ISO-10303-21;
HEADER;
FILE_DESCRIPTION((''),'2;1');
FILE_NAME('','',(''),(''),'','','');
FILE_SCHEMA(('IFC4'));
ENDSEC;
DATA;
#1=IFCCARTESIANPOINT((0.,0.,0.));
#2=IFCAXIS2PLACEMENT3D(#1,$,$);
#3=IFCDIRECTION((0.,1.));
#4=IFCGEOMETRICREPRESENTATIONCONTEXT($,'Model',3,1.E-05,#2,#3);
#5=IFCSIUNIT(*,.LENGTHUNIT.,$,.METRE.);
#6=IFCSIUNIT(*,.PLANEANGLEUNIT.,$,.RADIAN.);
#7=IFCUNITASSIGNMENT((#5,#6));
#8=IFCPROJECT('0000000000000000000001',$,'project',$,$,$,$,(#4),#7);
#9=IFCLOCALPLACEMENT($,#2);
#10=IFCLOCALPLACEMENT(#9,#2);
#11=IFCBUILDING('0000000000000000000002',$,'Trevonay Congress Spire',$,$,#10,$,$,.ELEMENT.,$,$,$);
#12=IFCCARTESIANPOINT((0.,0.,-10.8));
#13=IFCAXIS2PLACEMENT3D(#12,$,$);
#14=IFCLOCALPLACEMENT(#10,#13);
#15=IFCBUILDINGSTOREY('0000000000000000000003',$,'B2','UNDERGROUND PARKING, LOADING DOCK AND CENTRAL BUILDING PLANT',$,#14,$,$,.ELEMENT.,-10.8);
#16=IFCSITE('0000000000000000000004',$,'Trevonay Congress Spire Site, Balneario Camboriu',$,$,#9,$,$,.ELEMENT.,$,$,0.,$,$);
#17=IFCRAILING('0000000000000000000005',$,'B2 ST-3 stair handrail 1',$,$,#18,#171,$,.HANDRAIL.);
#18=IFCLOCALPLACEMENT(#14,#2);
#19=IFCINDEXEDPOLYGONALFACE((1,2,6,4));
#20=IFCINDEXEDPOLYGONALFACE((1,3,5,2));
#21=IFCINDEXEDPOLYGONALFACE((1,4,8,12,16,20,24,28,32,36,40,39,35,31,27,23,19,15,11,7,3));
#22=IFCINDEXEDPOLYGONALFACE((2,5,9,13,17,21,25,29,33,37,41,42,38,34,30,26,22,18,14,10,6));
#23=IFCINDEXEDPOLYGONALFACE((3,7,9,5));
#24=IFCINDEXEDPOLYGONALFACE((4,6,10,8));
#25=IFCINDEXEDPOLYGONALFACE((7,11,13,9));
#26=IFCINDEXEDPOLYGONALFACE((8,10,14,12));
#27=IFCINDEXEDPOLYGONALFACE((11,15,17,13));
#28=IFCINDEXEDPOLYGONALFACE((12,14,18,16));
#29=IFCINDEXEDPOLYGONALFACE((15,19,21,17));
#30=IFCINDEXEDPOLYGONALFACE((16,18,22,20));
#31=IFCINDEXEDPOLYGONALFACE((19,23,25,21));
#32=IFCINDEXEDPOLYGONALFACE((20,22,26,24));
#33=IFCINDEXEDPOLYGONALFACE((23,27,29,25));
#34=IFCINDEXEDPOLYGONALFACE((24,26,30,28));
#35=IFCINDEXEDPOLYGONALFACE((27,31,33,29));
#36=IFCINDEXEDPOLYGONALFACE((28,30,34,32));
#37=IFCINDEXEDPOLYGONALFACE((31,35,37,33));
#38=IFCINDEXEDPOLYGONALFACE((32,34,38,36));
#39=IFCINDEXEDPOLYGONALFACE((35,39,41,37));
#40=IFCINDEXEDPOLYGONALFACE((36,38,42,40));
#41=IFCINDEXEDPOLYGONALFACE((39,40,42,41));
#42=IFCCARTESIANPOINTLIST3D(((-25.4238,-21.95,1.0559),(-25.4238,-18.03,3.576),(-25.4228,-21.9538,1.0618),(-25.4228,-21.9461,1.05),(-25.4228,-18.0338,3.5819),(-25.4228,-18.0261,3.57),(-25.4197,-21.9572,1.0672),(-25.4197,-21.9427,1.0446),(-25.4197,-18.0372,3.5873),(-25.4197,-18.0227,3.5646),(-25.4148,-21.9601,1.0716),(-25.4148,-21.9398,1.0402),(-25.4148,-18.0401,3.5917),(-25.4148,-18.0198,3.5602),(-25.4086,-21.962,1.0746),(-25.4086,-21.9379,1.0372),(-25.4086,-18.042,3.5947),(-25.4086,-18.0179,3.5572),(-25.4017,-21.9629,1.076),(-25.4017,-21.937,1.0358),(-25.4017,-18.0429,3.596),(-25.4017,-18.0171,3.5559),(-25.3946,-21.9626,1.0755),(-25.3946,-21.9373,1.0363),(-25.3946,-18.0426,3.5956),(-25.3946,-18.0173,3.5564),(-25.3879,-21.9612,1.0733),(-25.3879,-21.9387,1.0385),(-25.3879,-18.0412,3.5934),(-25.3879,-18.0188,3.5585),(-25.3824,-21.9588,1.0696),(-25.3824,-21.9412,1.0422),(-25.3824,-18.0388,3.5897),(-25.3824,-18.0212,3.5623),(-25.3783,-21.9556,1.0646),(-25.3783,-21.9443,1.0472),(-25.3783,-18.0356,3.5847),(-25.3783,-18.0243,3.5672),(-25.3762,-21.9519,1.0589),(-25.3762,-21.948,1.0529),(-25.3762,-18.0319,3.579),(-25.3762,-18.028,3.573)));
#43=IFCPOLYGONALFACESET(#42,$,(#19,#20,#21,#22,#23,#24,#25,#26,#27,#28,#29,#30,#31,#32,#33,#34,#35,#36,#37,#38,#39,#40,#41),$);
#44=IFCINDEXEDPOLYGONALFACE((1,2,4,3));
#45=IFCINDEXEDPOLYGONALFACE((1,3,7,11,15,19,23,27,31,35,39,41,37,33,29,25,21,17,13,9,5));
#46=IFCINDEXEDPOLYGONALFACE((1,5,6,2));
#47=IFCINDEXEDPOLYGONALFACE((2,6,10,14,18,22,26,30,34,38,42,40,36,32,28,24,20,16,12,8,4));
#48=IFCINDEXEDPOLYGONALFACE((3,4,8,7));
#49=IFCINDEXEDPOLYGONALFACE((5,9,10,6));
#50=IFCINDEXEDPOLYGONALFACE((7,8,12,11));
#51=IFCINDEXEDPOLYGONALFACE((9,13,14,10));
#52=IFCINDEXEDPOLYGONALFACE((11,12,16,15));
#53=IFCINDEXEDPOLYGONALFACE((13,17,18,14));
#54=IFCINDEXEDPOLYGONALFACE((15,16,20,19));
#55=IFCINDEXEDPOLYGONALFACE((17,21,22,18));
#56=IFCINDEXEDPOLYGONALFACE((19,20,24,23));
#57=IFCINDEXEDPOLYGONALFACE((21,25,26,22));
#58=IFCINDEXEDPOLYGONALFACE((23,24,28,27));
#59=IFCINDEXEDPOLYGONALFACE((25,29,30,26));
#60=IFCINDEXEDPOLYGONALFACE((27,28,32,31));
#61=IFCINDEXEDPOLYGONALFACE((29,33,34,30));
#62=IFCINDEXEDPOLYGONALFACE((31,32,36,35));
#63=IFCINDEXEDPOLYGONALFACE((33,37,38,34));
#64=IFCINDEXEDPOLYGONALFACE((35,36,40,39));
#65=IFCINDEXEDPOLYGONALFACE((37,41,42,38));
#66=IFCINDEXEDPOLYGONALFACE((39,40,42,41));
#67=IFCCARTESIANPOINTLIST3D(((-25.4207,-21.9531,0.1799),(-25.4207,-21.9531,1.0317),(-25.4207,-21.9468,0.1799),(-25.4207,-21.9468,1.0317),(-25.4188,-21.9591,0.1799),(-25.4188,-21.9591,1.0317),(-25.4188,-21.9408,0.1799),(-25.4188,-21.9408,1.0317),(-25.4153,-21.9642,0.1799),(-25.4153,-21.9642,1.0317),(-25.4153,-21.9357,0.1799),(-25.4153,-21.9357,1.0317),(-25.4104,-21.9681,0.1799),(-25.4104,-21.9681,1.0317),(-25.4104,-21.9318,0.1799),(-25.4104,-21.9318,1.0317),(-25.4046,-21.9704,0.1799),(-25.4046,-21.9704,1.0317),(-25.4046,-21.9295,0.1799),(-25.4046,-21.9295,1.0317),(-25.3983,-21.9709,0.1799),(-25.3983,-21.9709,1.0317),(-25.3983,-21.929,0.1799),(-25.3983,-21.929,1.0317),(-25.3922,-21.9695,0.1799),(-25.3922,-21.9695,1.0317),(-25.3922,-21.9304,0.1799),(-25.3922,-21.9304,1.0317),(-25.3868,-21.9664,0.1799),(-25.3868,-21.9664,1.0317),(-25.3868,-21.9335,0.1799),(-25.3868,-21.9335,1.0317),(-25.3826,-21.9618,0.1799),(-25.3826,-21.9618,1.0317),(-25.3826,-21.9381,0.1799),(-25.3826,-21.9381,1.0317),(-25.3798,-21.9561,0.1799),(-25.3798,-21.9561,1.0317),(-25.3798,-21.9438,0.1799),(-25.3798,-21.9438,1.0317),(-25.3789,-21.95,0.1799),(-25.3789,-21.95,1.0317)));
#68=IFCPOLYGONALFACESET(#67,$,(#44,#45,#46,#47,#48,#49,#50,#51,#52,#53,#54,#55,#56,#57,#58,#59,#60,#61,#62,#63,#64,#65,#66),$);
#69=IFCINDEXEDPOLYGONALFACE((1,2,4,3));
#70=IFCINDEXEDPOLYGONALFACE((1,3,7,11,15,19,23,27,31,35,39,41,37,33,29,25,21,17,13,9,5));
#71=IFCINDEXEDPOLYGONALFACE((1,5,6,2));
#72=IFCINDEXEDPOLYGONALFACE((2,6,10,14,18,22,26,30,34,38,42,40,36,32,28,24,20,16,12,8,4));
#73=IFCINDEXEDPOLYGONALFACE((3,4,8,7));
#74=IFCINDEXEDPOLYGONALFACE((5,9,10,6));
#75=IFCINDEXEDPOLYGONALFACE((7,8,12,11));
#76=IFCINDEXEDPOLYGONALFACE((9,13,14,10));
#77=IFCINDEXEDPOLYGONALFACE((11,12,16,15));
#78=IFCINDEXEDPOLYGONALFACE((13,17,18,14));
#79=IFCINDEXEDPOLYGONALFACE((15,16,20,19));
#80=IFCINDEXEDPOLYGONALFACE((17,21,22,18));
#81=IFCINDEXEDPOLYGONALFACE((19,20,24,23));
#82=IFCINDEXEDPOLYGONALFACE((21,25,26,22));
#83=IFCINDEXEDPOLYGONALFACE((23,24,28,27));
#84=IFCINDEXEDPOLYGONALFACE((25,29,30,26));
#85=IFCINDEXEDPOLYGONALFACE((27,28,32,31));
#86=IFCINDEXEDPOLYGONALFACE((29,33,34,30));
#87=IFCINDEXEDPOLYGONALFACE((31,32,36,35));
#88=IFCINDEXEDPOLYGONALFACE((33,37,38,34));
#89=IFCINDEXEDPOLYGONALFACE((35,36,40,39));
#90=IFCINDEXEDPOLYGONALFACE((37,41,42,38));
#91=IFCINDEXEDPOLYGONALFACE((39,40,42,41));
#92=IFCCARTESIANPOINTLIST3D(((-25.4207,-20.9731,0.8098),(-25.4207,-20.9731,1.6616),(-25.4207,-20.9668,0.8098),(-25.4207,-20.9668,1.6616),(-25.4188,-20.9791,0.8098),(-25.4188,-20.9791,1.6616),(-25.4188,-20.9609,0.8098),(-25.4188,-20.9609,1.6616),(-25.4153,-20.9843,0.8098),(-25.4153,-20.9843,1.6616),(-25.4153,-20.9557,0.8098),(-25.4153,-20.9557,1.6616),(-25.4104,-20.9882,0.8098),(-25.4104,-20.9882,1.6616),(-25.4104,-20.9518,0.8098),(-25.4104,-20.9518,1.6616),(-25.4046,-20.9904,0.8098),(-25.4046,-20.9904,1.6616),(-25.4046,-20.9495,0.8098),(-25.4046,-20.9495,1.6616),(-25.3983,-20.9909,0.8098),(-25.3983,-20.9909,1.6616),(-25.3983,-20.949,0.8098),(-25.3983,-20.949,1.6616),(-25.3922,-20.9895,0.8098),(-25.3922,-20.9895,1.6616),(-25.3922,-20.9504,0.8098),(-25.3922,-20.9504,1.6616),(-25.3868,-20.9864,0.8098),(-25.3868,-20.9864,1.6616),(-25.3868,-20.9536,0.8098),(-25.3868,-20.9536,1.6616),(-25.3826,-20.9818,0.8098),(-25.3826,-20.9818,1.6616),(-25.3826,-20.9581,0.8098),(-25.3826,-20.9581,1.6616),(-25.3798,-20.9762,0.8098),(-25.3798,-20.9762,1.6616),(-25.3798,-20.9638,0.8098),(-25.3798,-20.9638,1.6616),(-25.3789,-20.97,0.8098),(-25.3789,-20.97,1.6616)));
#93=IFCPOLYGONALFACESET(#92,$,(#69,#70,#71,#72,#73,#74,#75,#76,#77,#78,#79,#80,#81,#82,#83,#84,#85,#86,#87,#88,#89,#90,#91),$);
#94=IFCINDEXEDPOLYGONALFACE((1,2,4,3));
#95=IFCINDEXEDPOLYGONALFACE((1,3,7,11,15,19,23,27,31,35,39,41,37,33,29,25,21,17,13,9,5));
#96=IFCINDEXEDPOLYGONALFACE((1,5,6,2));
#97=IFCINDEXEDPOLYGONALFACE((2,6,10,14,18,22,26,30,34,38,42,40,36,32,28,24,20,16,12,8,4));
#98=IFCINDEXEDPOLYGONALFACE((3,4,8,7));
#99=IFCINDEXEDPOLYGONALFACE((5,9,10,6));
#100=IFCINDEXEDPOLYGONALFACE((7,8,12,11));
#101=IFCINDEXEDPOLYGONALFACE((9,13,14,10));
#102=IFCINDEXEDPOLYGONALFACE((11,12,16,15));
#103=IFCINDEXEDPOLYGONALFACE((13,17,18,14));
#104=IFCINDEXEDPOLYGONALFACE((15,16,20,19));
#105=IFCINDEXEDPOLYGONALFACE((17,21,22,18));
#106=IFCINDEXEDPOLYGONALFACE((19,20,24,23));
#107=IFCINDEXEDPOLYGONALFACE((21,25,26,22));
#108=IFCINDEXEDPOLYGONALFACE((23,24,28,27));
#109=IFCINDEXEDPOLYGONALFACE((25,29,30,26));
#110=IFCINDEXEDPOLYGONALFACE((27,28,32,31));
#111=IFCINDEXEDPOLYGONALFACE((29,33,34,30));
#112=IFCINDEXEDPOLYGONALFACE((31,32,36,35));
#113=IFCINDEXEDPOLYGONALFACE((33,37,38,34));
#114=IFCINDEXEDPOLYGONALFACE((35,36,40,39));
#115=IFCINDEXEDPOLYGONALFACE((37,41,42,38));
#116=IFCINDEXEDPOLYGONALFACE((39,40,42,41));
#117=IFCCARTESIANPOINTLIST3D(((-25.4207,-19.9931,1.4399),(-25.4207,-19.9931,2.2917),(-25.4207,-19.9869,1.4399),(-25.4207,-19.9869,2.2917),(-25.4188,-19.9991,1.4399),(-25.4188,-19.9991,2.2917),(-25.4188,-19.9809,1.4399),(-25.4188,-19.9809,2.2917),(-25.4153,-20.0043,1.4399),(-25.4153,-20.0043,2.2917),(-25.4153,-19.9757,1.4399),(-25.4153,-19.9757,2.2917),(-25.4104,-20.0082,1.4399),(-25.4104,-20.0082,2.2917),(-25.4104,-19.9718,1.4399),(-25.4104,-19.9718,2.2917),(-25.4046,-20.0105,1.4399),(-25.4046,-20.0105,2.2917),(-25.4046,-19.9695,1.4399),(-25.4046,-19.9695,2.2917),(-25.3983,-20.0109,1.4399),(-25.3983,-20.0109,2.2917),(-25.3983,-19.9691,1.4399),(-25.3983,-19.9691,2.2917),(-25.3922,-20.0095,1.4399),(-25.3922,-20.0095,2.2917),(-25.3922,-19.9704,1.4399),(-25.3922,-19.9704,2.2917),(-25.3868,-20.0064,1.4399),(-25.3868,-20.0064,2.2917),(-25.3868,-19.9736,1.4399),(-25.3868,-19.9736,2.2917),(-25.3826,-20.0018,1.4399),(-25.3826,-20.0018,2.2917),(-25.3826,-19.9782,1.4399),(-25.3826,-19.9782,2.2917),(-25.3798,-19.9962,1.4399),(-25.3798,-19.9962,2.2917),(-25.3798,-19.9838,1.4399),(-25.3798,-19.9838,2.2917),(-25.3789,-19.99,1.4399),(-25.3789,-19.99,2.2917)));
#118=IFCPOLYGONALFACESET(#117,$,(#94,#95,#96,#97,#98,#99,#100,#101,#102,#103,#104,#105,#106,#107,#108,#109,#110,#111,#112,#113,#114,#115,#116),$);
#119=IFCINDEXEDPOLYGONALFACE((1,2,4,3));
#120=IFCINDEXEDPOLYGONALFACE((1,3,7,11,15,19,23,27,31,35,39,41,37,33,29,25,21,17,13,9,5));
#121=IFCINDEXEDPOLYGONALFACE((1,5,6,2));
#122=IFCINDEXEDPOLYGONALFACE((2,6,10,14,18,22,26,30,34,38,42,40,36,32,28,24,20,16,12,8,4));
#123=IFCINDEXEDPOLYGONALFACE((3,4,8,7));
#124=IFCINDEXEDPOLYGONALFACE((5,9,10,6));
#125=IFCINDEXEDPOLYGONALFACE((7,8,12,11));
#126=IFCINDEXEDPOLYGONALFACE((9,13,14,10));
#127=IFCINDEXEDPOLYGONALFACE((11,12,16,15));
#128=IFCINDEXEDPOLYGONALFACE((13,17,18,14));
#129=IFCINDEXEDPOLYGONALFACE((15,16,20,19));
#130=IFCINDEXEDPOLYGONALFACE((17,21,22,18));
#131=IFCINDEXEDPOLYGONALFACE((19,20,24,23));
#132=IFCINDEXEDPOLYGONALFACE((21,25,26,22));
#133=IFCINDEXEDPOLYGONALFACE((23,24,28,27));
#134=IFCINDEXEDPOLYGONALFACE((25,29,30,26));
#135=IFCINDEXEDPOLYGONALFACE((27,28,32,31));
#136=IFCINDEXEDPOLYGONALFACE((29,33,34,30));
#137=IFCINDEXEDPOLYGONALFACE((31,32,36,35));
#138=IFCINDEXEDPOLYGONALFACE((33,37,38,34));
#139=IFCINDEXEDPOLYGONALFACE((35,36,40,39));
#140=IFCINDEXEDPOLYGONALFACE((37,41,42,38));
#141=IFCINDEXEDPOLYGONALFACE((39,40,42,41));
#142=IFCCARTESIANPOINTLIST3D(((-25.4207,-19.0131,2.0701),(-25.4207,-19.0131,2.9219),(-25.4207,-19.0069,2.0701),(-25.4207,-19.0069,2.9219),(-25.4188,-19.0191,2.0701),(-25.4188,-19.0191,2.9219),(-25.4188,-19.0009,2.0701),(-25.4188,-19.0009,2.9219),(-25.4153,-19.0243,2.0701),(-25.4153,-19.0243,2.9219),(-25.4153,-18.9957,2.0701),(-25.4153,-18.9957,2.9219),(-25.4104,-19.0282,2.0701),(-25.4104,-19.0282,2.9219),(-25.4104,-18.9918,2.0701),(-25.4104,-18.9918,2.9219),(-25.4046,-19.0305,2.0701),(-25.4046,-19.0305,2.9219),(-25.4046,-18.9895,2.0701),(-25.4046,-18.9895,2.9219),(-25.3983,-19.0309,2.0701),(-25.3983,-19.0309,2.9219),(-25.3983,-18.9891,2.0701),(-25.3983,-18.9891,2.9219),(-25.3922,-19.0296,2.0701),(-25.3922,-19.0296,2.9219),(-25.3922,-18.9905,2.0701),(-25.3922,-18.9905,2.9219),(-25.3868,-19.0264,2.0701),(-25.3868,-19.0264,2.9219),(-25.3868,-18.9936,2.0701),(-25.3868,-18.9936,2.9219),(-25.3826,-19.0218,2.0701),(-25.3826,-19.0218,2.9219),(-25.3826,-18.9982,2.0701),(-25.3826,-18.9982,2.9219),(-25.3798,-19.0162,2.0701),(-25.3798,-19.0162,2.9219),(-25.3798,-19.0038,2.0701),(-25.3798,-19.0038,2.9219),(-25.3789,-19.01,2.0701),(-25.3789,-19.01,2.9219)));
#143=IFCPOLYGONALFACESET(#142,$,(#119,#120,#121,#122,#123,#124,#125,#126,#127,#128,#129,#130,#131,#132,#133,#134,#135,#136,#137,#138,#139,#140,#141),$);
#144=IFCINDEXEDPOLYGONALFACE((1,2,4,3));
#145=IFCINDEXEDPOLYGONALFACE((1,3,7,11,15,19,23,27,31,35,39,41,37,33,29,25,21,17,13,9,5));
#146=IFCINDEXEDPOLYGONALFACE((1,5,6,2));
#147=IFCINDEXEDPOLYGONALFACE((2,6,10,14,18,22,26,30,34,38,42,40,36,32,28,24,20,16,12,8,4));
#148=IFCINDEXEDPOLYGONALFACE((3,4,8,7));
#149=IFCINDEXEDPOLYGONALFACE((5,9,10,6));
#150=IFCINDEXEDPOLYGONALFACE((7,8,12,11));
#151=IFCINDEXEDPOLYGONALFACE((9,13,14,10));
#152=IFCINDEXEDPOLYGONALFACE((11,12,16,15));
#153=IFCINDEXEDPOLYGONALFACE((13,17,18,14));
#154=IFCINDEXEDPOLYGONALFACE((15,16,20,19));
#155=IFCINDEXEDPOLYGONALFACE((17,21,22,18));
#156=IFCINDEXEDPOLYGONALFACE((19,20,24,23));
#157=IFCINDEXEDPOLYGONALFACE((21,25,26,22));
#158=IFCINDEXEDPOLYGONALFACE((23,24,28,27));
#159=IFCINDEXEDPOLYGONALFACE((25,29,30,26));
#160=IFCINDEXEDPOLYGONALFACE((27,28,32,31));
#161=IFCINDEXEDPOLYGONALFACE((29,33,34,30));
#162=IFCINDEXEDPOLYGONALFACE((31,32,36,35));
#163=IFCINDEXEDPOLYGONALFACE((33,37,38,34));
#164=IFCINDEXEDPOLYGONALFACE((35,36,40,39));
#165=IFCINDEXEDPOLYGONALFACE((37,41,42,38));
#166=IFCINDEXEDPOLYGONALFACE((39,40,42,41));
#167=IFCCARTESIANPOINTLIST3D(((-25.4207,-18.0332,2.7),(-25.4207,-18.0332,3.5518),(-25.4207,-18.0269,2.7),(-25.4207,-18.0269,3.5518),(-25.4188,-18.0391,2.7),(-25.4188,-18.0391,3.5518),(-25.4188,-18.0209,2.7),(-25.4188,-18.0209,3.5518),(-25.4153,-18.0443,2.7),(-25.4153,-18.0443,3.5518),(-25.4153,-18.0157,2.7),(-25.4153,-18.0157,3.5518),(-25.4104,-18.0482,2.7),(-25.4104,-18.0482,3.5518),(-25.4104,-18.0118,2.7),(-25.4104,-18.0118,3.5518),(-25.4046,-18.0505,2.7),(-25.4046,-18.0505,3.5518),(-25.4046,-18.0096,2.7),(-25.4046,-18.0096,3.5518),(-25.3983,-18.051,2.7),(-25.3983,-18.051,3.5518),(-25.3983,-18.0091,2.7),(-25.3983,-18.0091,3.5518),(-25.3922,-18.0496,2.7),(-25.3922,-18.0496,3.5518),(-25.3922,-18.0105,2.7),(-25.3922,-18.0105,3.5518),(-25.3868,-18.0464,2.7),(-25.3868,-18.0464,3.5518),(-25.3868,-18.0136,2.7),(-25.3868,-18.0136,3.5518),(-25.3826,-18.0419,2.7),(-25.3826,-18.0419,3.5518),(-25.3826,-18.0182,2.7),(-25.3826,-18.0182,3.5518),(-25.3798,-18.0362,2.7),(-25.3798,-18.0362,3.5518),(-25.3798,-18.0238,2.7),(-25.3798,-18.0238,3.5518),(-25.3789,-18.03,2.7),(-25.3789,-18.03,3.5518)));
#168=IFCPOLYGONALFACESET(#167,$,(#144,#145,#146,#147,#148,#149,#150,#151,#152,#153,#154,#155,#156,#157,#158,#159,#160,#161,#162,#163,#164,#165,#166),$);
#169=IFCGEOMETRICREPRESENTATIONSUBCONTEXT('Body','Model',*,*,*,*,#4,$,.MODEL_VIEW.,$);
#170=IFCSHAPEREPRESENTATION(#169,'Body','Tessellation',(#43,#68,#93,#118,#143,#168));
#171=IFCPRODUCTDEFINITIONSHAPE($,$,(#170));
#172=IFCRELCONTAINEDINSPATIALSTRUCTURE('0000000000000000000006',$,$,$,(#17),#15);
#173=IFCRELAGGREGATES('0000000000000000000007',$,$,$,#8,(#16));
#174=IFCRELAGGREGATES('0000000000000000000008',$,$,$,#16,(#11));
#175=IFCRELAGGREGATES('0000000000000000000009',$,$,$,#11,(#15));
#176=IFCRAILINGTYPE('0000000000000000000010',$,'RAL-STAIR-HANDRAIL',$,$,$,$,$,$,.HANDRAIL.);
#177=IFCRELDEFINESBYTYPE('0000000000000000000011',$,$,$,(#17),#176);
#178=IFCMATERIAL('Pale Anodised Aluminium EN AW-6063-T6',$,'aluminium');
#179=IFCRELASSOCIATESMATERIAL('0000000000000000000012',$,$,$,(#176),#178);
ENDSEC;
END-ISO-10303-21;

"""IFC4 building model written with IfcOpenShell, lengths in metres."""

from ifc_helpers import new_model, si_unit, direction, frame, origin, origin_2d, place, context, subcontext, project, spatial, circle, extrude, material, type_object, element, save


model = new_model("IFC4")

# Units and contexts
model_context = context("Model", 3, precision=1e-05, world=origin(), true_north=direction((0.0, 1.0)))
body_context = subcontext(model_context, "Body", "Model", "MODEL_VIEW")
ifc_project = project(units=[si_unit("LENGTHUNIT", "METRE"), si_unit("PLANEANGLEUNIT", "RADIAN")], contexts=[model_context])

# Site, building, storey
site_placement = place(None, origin())
site = spatial("IfcSite", under=ifc_project, at=site_placement, Name="Trevonay Congress Spire Site, Balneario Camboriu", CompositionType="ELEMENT", RefElevation=0.0)
building_placement = place(site_placement, origin())
building = spatial("IfcBuilding", under=site, at=building_placement, Name="Trevonay Congress Spire", CompositionType="ELEMENT")
storey_placement = place(building_placement, frame((0.0, 0.0, -10.8)))
storey = spatial("IfcBuildingStorey", under=building, at=storey_placement, Name="B2", Description="UNDERGROUND PARKING, LOADING DOCK AND CENTRAL BUILDING PLANT", CompositionType="ELEMENT", Elevation=-10.8)

# Railing
ifc_material_1 = material(Name="Pale Anodised Aluminium EN AW-6063-T6", Category="aluminium")
railing_type_1 = type_object("IfcRailingType", Name="RAL-STAIR-HANDRAIL", PredefinedType="HANDRAIL", material=ifc_material_1)
railing_1_placement = place(storey_placement, frame((-25.3999, -21.95, 0.1799)))
element("IfcRailing", 1, at=railing_1_placement, inside=storey, type_object=railing_type_1, Name="B2 ST-3 stair handrail 1", PredefinedType="HANDRAIL", context=body_context, shape_type="SweptSolid", body=[
    extrude(circle(Radius=0.0239, at=origin_2d()), frame((0.0, 0.0, 0.876), z_axis=(0.0, 0.841172, 0.540768), x_axis=(-1.0, 0.0, 0.0)), (0.0, 0.0, 1.0), 4.6602),
    extrude(circle(Radius=0.021, at=origin_2d()), origin(), (0.0, 0.0, 1.0), 0.8518),
    extrude(circle(Radius=0.021, at=origin_2d()), frame((0.0, 0.98, 0.6299)), (0.0, 0.0, 1.0), 0.8518),
    extrude(circle(Radius=0.021, at=origin_2d()), frame((0.0, 1.96, 1.26)), (0.0, 0.0, 1.0), 0.8518),
    extrude(circle(Radius=0.021, at=origin_2d()), frame((0.0, 2.9399, 1.8901)), (0.0, 0.0, 1.0), 0.8518),
    extrude(circle(Radius=0.021, at=origin_2d()), frame((0.0, 3.9199, 2.52)), (0.0, 0.0, 1.0), 0.8518),
])

save(model, "model.ifc")
